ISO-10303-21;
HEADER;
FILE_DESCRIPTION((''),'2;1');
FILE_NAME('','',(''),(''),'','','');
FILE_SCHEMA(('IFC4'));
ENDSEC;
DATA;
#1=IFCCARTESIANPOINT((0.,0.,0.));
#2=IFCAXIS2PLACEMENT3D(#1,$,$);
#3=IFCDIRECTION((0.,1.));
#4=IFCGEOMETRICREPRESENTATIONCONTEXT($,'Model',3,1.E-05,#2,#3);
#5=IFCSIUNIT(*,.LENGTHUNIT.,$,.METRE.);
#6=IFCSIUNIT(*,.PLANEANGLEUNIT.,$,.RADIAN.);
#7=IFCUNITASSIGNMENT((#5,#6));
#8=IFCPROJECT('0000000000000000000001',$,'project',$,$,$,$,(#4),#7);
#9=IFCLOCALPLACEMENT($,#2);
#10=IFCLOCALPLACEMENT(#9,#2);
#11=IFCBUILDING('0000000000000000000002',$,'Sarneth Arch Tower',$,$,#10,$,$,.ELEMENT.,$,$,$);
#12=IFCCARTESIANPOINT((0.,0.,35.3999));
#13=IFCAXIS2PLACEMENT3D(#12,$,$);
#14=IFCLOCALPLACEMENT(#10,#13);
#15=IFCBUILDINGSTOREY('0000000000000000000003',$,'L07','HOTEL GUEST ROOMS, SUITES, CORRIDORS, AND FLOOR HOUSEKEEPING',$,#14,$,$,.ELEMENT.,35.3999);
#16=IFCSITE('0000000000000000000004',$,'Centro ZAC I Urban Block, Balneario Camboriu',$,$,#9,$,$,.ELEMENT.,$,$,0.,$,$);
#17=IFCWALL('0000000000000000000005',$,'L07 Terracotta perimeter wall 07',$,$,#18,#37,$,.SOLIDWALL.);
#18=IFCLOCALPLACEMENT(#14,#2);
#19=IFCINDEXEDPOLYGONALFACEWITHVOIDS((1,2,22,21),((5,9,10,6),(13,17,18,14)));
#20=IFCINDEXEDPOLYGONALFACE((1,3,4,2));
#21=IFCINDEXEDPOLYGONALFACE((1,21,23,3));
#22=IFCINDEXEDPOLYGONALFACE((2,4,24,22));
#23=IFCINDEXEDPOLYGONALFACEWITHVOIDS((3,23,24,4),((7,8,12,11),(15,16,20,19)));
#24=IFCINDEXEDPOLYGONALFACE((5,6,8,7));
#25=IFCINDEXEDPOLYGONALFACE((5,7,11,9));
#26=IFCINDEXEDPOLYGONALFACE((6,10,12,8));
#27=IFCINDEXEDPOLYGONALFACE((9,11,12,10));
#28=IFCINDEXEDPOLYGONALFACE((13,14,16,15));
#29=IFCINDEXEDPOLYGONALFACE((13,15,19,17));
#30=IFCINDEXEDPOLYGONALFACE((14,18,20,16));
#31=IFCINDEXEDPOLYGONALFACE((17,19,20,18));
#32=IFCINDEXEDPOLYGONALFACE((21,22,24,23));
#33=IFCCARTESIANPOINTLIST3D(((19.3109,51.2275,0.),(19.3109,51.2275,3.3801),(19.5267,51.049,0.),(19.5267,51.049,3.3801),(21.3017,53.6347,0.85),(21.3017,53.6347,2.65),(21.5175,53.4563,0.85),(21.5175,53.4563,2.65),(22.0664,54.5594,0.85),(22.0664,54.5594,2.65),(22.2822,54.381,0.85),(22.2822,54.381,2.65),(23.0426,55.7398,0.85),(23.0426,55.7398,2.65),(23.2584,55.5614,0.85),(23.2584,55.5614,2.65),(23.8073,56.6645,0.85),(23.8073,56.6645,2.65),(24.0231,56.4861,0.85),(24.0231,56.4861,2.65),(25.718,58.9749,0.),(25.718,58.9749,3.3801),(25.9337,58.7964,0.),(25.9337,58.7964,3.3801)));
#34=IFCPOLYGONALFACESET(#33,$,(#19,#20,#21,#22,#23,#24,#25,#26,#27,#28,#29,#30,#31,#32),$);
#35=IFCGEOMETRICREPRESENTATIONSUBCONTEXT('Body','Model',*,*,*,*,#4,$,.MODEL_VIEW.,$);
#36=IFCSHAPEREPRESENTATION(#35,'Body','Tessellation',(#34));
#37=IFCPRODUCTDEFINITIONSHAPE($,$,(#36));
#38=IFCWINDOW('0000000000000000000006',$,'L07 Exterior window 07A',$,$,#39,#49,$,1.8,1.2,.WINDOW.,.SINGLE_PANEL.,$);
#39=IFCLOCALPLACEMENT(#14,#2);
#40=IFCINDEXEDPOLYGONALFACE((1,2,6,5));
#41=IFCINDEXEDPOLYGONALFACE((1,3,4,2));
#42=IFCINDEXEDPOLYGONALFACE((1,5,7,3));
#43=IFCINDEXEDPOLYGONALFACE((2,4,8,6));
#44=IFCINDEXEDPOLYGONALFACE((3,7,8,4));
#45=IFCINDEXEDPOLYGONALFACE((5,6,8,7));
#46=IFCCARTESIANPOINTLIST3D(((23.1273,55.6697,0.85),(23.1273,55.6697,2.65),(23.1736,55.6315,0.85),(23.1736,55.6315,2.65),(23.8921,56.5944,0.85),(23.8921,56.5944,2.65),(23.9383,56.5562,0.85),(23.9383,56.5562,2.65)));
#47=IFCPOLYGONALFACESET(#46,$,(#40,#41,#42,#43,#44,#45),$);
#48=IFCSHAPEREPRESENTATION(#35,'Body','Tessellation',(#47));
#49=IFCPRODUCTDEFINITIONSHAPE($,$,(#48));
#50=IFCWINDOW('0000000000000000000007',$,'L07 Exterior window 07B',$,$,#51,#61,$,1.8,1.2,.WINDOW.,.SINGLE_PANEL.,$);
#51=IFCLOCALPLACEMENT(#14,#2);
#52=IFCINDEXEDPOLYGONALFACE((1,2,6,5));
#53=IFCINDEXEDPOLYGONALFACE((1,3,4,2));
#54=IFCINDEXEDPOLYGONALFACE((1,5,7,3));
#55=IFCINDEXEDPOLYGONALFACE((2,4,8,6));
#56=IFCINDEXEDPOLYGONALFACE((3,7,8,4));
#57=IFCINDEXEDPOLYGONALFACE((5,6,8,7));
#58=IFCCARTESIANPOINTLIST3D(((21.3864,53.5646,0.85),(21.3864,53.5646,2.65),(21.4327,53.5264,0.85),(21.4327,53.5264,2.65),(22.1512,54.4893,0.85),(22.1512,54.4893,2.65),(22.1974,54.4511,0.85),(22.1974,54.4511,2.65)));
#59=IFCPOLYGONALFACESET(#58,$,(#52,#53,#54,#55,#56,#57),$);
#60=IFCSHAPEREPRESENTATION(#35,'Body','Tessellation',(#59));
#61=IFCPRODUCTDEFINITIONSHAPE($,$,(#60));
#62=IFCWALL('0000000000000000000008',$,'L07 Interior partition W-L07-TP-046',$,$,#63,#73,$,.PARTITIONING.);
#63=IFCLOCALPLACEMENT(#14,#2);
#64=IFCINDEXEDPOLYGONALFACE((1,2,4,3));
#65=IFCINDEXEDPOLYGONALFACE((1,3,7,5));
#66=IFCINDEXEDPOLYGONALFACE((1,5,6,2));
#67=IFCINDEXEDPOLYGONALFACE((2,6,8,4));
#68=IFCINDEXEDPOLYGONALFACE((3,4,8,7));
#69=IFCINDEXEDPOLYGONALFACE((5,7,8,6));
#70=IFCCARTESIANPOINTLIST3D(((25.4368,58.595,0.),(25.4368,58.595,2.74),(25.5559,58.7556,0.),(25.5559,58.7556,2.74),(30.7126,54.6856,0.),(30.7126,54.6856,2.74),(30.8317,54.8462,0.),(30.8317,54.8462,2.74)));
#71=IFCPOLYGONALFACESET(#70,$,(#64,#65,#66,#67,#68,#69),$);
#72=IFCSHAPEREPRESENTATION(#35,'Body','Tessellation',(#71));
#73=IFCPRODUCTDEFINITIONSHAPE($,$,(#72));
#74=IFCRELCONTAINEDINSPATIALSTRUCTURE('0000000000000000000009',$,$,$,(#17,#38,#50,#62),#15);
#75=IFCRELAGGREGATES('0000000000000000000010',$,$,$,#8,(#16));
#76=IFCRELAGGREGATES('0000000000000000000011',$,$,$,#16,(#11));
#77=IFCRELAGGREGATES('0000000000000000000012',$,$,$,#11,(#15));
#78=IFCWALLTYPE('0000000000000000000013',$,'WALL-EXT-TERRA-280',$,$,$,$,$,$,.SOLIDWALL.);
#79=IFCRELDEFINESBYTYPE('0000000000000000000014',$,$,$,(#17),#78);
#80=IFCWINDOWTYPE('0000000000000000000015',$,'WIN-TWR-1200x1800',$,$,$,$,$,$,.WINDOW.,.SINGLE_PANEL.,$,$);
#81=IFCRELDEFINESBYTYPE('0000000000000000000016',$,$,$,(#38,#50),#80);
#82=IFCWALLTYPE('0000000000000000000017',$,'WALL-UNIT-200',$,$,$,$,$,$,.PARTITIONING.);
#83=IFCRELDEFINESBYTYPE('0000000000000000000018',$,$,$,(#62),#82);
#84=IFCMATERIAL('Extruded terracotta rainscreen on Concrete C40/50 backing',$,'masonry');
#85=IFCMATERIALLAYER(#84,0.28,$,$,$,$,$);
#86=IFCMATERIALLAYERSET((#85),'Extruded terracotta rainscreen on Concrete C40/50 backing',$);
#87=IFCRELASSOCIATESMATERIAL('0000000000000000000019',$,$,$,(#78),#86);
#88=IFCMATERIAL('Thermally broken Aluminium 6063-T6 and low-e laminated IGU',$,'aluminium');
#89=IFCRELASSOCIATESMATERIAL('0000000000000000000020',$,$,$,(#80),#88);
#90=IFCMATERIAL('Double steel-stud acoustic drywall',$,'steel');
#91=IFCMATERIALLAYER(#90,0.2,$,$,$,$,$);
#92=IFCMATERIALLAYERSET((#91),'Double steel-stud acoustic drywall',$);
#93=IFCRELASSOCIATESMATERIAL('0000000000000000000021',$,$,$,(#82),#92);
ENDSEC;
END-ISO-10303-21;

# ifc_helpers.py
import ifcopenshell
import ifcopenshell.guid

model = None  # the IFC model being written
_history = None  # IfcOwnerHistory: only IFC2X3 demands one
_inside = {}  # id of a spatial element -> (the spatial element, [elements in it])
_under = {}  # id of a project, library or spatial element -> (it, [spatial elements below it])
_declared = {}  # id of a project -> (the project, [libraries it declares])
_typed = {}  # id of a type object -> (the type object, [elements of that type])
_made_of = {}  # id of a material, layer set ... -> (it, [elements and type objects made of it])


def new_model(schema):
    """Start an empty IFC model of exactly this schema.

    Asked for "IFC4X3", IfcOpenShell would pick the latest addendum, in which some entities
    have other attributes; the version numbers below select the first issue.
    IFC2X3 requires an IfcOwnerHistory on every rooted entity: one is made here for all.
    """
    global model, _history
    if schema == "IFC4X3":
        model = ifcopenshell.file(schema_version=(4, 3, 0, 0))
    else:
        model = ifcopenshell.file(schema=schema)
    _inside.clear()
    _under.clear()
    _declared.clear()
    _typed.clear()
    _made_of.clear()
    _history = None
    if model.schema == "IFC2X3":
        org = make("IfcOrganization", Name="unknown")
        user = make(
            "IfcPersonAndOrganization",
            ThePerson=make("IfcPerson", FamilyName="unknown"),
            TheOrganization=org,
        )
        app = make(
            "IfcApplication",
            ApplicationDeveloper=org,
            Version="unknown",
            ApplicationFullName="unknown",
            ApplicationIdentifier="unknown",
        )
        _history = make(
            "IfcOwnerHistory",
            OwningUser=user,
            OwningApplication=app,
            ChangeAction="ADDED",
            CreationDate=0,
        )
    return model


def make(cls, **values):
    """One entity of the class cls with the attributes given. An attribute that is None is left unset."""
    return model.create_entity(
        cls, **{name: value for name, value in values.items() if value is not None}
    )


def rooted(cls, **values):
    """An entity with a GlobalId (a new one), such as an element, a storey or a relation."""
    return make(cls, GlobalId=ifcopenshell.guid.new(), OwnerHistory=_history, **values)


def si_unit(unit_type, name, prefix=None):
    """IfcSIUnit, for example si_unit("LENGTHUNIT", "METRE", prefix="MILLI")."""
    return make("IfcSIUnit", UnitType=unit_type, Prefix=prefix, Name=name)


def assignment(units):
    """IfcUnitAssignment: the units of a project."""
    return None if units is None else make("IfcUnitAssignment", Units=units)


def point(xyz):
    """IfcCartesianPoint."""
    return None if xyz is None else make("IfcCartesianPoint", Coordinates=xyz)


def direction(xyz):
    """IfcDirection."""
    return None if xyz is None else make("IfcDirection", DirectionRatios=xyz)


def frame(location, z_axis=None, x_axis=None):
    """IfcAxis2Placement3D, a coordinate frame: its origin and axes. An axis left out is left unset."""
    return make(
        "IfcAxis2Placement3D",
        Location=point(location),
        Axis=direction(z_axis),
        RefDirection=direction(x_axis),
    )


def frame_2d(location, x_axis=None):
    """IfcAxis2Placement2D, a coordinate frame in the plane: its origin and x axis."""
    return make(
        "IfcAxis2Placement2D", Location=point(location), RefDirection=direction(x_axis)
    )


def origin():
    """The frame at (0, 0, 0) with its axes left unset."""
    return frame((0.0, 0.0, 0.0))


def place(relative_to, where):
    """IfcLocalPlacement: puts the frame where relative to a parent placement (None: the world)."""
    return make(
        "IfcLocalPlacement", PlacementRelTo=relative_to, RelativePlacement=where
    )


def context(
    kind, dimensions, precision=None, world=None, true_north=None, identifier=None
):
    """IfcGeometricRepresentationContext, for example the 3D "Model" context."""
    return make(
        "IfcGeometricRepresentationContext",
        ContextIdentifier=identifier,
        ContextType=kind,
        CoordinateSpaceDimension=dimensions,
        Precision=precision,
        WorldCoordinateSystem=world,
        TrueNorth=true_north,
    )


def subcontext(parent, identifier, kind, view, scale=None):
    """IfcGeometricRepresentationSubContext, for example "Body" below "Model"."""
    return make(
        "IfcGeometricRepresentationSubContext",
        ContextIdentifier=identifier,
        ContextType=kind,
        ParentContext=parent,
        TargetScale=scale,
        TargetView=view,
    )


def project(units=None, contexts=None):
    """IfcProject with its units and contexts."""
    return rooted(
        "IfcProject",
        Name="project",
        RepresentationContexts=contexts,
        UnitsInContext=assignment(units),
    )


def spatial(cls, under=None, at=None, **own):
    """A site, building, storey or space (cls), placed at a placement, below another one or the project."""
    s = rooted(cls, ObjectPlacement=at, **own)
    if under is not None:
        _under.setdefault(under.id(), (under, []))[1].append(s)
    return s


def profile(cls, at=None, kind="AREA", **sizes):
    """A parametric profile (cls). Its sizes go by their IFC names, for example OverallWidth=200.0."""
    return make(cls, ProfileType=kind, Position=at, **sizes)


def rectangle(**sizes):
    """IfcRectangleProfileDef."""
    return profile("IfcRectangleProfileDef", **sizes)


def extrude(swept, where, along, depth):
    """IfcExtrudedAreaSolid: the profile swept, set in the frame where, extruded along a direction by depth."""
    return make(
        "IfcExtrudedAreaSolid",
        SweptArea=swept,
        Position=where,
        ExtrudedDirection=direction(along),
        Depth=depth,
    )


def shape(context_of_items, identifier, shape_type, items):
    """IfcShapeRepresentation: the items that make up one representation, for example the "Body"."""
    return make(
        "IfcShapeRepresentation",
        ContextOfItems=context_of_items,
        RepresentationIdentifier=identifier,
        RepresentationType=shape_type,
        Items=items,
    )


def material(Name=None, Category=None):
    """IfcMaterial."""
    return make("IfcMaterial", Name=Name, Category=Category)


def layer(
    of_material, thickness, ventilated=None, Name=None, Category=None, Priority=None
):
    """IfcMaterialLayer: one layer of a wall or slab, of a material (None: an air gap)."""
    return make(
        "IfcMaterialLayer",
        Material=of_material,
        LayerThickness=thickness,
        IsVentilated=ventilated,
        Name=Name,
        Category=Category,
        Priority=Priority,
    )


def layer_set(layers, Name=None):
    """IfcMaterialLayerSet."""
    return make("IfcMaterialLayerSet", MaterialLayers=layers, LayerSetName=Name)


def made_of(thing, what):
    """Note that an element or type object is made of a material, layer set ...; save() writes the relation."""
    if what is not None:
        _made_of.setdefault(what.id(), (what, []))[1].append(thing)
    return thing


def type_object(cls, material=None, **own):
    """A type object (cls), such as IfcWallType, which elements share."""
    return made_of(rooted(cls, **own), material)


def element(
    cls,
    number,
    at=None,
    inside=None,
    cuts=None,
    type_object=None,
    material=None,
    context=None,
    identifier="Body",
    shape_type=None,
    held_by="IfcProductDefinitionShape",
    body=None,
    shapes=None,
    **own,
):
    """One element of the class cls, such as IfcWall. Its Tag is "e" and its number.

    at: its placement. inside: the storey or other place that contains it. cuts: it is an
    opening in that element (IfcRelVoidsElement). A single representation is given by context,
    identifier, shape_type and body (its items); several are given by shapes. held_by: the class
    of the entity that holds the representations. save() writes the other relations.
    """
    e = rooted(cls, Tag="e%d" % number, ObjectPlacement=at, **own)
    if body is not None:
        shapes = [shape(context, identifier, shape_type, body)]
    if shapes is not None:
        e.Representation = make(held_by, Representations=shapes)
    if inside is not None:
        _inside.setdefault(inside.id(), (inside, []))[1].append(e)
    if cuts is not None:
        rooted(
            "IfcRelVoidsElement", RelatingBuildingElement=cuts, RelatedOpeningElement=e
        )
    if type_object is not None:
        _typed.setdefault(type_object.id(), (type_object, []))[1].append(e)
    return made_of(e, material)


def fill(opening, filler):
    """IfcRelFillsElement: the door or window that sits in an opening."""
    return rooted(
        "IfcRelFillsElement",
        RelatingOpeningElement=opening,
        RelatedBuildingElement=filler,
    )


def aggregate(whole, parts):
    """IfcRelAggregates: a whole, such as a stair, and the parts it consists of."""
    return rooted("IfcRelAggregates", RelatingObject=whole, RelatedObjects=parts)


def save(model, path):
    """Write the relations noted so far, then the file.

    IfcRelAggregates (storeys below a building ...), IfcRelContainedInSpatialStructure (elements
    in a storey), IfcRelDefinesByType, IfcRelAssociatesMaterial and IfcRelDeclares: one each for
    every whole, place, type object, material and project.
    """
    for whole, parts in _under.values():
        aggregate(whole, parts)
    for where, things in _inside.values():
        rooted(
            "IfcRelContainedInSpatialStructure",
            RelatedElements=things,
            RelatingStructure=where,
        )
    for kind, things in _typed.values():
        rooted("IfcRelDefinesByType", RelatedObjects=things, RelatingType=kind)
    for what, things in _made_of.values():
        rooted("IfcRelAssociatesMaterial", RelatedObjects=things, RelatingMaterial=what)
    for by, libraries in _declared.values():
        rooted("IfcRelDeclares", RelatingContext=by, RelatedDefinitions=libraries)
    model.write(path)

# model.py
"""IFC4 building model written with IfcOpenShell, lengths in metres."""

from ifc_helpers import new_model, si_unit, direction, frame, frame_2d, origin, place, context, subcontext, project, spatial, rectangle, extrude, material, layer, layer_set, type_object, element, fill, save


model = new_model("IFC4")

# Units and contexts
model_context = context("Model", 3, precision=1e-05, world=origin(), true_north=direction((0.0, 1.0)))
body_context = subcontext(model_context, "Body", "Model", "MODEL_VIEW")
ifc_project = project(units=[si_unit("LENGTHUNIT", "METRE"), si_unit("PLANEANGLEUNIT", "RADIAN")], contexts=[model_context])

# Site, building, storey
site_placement = place(None, origin())
site = spatial("IfcSite", under=ifc_project, at=site_placement, Name="Centro ZAC I Urban Block, Balneario Camboriu", CompositionType="ELEMENT", RefElevation=0.0)
building_placement = place(site_placement, origin())
building = spatial("IfcBuilding", under=site, at=building_placement, Name="Sarneth Arch Tower", CompositionType="ELEMENT")
storey_placement = place(building_placement, frame((0.0, 0.0, 35.3999)))
storey = spatial("IfcBuildingStorey", under=building, at=storey_placement, Name="L07", Description="HOTEL GUEST ROOMS, SUITES, CORRIDORS, AND FLOOR HOUSEKEEPING", CompositionType="ELEMENT", Elevation=35.3999)

# Wall, openings, windows
ifc_material_1 = material(Name="Extruded terracotta rainscreen on Concrete C40/50 backing", Category="masonry")
ifc_layer_1 = layer(ifc_material_1, 0.28)
ifc_layer_set_1 = layer_set([ifc_layer_1], Name="Extruded terracotta rainscreen on Concrete C40/50 backing")
wall_type_1 = type_object("IfcWallType", Name="WALL-EXT-TERRA-280", PredefinedType="SOLIDWALL", material=ifc_layer_set_1)
wall_1_placement = place(storey_placement, frame((25.8259, 58.8857, 0.0), z_axis=(0.0, 0.0, 1.0), x_axis=(-0.637297, -0.770618, 0.0)))
wall_1 = element("IfcWall", 1, at=wall_1_placement, inside=storey, type_object=wall_type_1, Name="L07 Terracotta perimeter wall 07", PredefinedType="SOLIDWALL", context=body_context, shape_type="SweptSolid", body=[
    extrude(rectangle(XDim=10.0535, YDim=0.28, at=frame_2d((5.0269, 0.0))), origin(), (0.0, 0.0, 1.0), 3.3801),
])
opening_1_placement = place(wall_1_placement, frame((2.998, 0.0, 0.8501)))
opening_1 = element("IfcOpeningElement", 2, at=opening_1_placement, cuts=wall_1, PredefinedType="OPENING", context=body_context, shape_type="SweptSolid", body=[
    extrude(rectangle(XDim=1.2, YDim=1.8, at=frame_2d((0.6001, 0.8999))), frame((0.0, 0.1499, 0.0), z_axis=(0.0, -1.0, 0.0), x_axis=(1.0, 0.0, 0.0)), (0.0, 0.0, 1.0), 0.3),
])
opening_2_placement = place(wall_1_placement, frame((5.7297, 0.0, 0.8501)))
opening_2 = element("IfcOpeningElement", 3, at=opening_2_placement, cuts=wall_1, PredefinedType="OPENING", context=body_context, shape_type="SweptSolid", body=[
    extrude(rectangle(XDim=1.2, YDim=1.8, at=frame_2d((0.6001, 0.8999))), frame((0.0, 0.1499, 0.0), z_axis=(0.0, -1.0, 0.0), x_axis=(1.0, 0.0, 0.0)), (0.0, 0.0, 1.0), 0.3),
])
ifc_material_2 = material(Name="Thermally broken Aluminium 6063-T6 and low-e laminated IGU", Category="aluminium")
window_type = type_object("IfcWindowType", Name="WIN-TWR-1200x1800", PartitioningType="SINGLE_PANEL", PredefinedType="WINDOW", material=ifc_material_2)
window_1_placement = place(opening_1_placement, origin())
window_1 = element("IfcWindow", 4, at=window_1_placement, inside=storey, type_object=window_type, Name="L07 Exterior window 07A", OverallHeight=1.8, OverallWidth=1.2, PartitioningType="SINGLE_PANEL", PredefinedType="WINDOW", context=body_context, shape_type="SweptSolid", body=[
    extrude(rectangle(XDim=1.2, YDim=1.8, at=frame_2d((0.6001, 0.8999))), frame((0.0, 0.03, 0.0), z_axis=(0.0, -1.0, 0.0), x_axis=(1.0, 0.0, 0.0)), (0.0, 0.0, 1.0), 0.0601),
])
fill(opening_1, window_1)
window_2_placement = place(opening_2_placement, origin())
window_2 = element("IfcWindow", 5, at=window_2_placement, inside=storey, type_object=window_type, Name="L07 Exterior window 07B", OverallHeight=1.8, OverallWidth=1.2, PartitioningType="SINGLE_PANEL", PredefinedType="WINDOW", context=body_context, shape_type="SweptSolid", body=[
    extrude(rectangle(XDim=1.2, YDim=1.8, at=frame_2d((0.6001, 0.8999))), frame((0.0, 0.03, 0.0), z_axis=(0.0, -1.0, 0.0), x_axis=(1.0, 0.0, 0.0)), (0.0, 0.0, 1.0), 0.0601),
])
fill(opening_2, window_2)

# Wall
ifc_material_3 = material(Name="Double steel-stud acoustic drywall", Category="steel")
ifc_layer_2 = layer(ifc_material_3, 0.2)
ifc_layer_set_2 = layer_set([ifc_layer_2], Name="Double steel-stud acoustic drywall")
wall_type_2 = type_object("IfcWallType", Name="WALL-UNIT-200", PredefinedType="PARTITIONING", material=ifc_layer_set_2)
wall_2_placement = place(storey_placement, frame((25.4963, 58.6753, 0.0), z_axis=(0.0, 0.0, 1.0), x_axis=(0.803458, -0.595362, 0.0)))
element("IfcWall", 6, at=wall_2_placement, inside=storey, type_object=wall_type_2, Name="L07 Interior partition W-L07-TP-046", PredefinedType="PARTITIONING", context=body_context, shape_type="SweptSolid", body=[
    extrude(rectangle(XDim=6.5664, YDim=0.2, at=frame_2d((3.2832, 0.0))), origin(), (0.0, 0.0, 1.0), 2.74),
])

save(model, "model.ifc")
